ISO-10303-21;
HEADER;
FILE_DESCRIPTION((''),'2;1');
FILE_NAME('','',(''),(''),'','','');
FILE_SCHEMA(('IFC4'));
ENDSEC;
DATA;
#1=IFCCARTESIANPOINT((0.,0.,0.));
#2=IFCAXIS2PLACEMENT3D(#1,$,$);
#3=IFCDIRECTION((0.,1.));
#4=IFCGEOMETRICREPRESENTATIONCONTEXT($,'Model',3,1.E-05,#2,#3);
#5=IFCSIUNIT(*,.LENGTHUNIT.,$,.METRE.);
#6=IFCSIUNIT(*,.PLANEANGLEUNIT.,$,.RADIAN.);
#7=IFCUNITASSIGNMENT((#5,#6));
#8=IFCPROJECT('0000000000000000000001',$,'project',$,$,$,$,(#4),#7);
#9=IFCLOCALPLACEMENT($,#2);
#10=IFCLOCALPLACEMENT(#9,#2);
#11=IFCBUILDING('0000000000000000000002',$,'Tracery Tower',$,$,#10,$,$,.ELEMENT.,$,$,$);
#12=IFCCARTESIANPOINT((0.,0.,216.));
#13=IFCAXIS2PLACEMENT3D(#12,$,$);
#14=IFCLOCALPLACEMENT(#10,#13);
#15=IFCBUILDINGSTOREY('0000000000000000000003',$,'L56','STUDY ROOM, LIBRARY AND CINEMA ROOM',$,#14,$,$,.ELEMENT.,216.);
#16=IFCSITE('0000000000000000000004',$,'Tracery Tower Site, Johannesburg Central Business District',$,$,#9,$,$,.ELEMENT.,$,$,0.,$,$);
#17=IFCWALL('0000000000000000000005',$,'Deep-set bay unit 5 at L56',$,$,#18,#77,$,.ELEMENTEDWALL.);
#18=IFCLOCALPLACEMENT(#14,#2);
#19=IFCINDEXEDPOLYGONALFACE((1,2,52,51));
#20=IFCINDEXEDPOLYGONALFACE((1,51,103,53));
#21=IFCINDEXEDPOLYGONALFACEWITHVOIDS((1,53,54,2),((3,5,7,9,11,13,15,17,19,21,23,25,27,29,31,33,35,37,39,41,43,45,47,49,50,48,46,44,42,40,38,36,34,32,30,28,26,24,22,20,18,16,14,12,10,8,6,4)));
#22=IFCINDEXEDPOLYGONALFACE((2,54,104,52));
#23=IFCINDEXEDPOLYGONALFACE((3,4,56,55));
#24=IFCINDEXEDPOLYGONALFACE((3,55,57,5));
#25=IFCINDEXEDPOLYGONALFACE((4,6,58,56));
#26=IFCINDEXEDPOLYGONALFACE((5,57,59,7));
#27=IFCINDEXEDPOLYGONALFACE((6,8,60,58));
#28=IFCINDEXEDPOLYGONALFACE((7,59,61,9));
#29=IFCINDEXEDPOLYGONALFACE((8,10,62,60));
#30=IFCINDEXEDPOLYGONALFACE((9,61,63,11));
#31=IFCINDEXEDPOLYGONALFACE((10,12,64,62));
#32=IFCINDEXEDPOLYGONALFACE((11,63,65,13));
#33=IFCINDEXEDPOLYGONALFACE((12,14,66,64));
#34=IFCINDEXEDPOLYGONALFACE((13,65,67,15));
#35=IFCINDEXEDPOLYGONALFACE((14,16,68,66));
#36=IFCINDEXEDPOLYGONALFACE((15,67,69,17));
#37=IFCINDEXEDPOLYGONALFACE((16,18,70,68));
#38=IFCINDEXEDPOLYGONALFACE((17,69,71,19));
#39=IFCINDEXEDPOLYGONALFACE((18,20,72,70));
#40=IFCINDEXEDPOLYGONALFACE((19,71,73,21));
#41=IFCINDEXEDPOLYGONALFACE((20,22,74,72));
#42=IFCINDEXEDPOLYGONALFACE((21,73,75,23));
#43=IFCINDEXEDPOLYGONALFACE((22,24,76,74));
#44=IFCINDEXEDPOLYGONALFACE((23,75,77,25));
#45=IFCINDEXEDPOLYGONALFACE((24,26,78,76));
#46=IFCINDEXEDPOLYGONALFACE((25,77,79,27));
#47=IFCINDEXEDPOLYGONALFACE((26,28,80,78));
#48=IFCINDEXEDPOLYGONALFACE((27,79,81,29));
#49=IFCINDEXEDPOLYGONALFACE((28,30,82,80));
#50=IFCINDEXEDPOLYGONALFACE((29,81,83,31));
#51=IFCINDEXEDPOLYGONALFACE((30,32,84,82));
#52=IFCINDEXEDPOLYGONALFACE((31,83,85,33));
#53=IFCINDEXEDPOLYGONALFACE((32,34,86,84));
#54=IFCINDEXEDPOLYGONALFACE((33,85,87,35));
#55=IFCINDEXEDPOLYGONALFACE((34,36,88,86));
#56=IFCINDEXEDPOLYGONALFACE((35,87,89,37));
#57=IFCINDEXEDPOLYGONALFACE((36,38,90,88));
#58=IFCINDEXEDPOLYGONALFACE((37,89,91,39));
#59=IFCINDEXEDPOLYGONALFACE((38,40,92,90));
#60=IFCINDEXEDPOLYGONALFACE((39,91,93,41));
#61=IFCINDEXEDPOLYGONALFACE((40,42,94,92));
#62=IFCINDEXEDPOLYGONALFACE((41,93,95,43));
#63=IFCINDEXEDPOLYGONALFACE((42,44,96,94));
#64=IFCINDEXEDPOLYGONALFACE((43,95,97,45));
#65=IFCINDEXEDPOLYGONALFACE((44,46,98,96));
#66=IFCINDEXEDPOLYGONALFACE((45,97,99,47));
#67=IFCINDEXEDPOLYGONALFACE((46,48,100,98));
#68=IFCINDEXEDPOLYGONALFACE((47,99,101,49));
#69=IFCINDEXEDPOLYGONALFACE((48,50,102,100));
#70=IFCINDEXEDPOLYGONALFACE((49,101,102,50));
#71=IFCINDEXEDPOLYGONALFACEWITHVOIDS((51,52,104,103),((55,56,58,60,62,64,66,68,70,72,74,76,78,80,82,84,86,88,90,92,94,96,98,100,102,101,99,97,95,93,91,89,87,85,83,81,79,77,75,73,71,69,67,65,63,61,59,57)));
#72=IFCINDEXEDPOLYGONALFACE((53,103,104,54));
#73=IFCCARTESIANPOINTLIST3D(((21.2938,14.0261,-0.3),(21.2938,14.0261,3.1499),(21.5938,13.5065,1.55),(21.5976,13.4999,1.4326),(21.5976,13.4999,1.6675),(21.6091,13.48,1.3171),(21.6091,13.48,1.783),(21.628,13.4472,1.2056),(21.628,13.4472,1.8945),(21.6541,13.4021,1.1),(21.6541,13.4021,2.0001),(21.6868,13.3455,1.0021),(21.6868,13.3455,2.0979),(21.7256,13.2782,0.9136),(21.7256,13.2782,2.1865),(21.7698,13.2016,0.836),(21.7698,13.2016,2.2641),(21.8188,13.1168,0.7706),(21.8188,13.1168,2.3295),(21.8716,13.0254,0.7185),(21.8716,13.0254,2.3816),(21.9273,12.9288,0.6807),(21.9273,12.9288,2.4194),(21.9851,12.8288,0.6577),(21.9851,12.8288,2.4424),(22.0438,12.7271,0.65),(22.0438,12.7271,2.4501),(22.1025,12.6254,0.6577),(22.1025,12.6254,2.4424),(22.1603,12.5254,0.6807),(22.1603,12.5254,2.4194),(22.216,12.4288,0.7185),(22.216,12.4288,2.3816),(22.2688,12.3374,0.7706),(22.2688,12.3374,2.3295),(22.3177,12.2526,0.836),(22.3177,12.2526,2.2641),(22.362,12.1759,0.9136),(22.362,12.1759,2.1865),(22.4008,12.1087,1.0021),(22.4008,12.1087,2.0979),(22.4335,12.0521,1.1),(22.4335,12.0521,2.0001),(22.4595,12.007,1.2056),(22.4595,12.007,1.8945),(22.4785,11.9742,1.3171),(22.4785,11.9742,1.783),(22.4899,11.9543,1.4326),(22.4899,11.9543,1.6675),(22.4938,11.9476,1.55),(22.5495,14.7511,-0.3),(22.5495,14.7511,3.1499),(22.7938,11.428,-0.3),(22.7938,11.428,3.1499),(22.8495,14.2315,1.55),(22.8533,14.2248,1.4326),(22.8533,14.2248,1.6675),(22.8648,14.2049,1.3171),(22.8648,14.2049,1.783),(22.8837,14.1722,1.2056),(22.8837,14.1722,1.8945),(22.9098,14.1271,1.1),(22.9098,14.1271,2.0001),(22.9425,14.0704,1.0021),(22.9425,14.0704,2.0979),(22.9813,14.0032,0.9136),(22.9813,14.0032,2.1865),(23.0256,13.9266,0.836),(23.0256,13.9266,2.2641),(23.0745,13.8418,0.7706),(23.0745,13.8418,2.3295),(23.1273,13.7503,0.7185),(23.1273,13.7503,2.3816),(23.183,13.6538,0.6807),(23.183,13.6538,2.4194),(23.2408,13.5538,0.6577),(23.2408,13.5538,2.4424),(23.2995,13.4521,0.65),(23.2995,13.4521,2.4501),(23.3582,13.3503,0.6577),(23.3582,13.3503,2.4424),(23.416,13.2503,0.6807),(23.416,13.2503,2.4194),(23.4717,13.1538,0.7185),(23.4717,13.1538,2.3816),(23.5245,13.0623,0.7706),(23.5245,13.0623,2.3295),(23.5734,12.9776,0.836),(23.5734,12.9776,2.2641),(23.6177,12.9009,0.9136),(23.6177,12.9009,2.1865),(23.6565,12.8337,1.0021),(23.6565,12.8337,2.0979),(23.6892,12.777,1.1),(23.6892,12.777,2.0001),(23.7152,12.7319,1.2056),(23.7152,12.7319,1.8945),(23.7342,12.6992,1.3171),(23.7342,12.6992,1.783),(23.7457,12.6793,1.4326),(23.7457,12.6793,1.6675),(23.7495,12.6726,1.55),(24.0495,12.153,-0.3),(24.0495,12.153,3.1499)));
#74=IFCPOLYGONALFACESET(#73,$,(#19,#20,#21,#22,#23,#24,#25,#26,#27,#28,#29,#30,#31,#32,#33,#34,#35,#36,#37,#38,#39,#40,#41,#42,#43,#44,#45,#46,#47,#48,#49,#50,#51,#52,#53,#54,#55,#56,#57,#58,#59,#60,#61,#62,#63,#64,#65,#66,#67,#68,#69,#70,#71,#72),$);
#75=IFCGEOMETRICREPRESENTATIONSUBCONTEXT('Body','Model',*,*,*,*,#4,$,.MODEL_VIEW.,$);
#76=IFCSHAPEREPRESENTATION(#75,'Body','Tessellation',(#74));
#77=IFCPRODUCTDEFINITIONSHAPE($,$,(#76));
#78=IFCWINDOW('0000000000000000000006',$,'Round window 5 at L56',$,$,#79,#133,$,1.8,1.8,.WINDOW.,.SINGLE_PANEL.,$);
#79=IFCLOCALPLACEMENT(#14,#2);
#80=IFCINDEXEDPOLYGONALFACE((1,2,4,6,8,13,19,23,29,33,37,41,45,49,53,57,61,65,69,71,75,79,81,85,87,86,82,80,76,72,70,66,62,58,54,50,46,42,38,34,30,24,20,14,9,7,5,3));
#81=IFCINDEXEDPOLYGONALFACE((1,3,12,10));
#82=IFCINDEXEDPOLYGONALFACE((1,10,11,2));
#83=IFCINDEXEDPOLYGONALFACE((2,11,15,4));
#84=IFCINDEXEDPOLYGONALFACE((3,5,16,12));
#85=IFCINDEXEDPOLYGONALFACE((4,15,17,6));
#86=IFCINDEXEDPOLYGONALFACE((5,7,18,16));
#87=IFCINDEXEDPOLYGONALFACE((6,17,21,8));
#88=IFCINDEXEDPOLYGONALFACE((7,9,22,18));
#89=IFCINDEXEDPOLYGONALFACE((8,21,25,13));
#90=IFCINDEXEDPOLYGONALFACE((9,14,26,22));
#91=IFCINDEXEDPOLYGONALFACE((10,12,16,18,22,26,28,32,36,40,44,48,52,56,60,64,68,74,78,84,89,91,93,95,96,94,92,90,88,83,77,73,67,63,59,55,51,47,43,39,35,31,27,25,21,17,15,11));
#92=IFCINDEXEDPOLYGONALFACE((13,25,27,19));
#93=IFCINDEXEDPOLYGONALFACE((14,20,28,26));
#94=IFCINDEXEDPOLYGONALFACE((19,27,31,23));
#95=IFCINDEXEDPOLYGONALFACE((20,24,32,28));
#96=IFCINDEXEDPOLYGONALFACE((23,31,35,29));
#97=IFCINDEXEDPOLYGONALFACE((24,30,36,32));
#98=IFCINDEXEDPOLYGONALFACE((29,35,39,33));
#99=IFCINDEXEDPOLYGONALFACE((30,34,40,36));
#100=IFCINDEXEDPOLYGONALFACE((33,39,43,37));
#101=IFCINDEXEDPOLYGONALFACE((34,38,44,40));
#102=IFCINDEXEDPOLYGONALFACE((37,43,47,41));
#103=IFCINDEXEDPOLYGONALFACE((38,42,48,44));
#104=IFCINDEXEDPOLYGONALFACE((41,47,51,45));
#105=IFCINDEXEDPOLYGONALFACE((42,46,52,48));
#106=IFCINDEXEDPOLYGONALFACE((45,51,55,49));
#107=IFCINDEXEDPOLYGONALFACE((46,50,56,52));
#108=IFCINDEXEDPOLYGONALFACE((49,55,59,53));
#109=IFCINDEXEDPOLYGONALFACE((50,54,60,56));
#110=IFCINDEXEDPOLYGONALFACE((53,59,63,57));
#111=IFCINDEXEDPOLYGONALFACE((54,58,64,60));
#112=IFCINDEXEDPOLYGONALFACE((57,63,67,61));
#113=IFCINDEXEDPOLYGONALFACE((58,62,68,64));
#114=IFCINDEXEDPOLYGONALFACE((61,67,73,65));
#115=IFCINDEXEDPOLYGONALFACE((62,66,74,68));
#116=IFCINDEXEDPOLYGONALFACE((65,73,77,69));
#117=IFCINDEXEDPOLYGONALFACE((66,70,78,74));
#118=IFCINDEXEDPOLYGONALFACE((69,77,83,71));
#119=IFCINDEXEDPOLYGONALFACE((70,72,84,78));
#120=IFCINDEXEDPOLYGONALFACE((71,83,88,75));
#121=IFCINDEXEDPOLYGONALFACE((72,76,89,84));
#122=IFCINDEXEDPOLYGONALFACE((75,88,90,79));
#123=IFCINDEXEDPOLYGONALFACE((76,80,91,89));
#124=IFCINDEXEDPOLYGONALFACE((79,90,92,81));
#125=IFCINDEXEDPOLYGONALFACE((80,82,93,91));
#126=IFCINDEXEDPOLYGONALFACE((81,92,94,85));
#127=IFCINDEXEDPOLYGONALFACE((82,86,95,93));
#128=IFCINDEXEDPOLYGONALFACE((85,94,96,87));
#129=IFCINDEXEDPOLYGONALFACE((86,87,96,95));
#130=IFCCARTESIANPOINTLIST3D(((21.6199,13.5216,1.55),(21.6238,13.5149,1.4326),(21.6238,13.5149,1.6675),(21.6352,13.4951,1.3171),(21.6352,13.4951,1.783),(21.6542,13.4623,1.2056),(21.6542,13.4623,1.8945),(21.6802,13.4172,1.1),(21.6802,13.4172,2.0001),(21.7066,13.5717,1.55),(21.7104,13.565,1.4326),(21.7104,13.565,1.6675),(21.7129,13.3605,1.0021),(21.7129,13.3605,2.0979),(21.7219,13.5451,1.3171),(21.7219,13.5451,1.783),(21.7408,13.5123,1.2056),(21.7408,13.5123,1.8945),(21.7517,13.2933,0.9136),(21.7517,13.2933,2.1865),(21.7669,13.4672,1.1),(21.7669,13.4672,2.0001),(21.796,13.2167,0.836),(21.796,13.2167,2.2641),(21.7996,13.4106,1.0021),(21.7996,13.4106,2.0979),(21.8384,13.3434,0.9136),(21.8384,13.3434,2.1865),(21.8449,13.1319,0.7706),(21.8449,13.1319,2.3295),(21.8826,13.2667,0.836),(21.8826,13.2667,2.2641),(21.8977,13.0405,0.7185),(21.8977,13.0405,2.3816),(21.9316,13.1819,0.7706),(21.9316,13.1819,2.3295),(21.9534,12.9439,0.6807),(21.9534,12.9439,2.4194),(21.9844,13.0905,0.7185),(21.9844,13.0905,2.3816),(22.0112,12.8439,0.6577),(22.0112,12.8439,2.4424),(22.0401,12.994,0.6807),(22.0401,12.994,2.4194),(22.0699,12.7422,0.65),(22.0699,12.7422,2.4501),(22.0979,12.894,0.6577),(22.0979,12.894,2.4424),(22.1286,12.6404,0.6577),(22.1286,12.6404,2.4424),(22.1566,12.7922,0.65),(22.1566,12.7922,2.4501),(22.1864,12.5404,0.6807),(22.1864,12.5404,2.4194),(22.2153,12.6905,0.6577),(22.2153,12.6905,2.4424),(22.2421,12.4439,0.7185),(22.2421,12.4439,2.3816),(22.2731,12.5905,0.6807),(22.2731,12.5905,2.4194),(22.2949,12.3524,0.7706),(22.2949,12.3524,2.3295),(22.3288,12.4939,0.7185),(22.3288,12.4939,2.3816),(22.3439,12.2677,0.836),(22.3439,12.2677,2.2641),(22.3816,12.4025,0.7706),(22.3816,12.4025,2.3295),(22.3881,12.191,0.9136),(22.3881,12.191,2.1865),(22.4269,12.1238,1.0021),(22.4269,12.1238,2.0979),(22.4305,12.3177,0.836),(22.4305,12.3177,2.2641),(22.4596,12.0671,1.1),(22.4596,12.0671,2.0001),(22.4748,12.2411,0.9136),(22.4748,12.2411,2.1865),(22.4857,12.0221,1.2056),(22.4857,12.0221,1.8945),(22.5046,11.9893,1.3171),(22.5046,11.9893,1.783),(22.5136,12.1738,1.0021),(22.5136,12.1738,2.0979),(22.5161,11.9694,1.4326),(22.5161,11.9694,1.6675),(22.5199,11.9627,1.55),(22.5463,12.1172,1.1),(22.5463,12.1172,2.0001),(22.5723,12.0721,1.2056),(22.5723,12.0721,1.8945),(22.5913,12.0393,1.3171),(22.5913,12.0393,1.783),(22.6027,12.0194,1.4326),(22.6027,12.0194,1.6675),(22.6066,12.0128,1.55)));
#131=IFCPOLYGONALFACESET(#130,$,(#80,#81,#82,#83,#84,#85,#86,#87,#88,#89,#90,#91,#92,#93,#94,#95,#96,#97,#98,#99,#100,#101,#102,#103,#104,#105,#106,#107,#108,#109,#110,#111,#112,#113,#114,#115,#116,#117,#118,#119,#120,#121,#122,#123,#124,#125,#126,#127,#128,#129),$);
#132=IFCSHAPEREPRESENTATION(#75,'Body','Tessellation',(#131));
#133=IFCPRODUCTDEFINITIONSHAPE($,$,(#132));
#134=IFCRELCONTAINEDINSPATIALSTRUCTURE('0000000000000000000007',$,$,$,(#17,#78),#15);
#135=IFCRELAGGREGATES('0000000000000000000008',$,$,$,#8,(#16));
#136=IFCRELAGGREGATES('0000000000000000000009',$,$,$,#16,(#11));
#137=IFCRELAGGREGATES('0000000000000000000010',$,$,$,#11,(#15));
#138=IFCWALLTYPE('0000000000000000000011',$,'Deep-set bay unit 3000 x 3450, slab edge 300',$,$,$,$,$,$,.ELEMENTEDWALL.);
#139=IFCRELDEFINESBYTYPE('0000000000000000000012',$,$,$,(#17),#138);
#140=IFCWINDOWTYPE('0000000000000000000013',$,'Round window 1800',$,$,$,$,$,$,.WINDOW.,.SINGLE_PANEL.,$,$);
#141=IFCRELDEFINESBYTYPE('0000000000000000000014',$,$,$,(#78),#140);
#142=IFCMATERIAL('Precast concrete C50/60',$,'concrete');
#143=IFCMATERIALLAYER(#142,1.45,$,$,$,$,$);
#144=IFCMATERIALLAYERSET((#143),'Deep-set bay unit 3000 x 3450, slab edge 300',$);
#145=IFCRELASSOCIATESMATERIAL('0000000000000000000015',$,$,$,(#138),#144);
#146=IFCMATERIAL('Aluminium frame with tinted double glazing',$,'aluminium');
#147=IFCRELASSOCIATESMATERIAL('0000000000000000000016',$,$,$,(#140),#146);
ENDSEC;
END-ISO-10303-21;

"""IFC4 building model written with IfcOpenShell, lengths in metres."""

from ifc_helpers import new_model, si_unit, direction, frame, frame_2d, origin, origin_2d, place, context, subcontext, project, spatial, rectangle, circle, extrude, material, layer, layer_set, type_object, element, fill, save


model = new_model("IFC4")

# Units and contexts
model_context = context("Model", 3, precision=1e-05, world=origin(), true_north=direction((0.0, 1.0)))
body_context = subcontext(model_context, "Body", "Model", "MODEL_VIEW")
ifc_project = project(units=[si_unit("LENGTHUNIT", "METRE"), si_unit("PLANEANGLEUNIT", "RADIAN")], contexts=[model_context])

# Site, building, storey
site_placement = place(None, origin())
site = spatial("IfcSite", under=ifc_project, at=site_placement, Name="Tracery Tower Site, Johannesburg Central Business District", CompositionType="ELEMENT", RefElevation=0.0)
building_placement = place(site_placement, origin())
building = spatial("IfcBuilding", under=site, at=building_placement, Name="Tracery Tower", CompositionType="ELEMENT")
storey_placement = place(building_placement, frame((0.0, 0.0, 216.0)))
storey = spatial("IfcBuildingStorey", under=building, at=storey_placement, Name="L56", Description="STUDY ROOM, LIBRARY AND CINEMA ROOM", CompositionType="ELEMENT", Elevation=216.0)

# Wall, opening, window
ifc_material_1 = material(Name="Precast concrete C50/60", Category="concrete")
ifc_layer_1 = layer(ifc_material_1, 1.45)
ifc_layer_set_1 = layer_set([ifc_layer_1], Name="Deep-set bay unit 3000 x 3450, slab edge 300")
wall_type_1 = type_object("IfcWallType", Name="Deep-set bay unit 3000 x 3450, slab edge 300", PredefinedType="ELEMENTEDWALL", material=ifc_layer_set_1)
ifc_material_2 = material(Name="Aluminium frame with tinted double glazing", Category="aluminium")
window_type = type_object("IfcWindowType", Name="Round window 1800", PartitioningType="SINGLE_PANEL", PredefinedType="WINDOW", material=ifc_material_2)
wall_1_placement = place(storey_placement, frame((23.4216, 11.7905, -0.3), z_axis=(0.0, 0.0, 1.0), x_axis=(-0.49999, 0.866031, 0.0)))
wall_1 = element("IfcWall", 1, at=wall_1_placement, inside=storey, type_object=wall_type_1, Name="Deep-set bay unit 5 at L56", PredefinedType="ELEMENTEDWALL", context=body_context, shape_type="SweptSolid", body=[
    extrude(rectangle(XDim=3.0, YDim=1.45, at=frame_2d((1.5, 0.0))), origin(), (0.0, 0.0, 1.0), 3.45),
])
opening_1_placement = place(wall_1_placement, frame((1.5, 0.0, 1.8501)))
opening_1 = element("IfcOpeningElement", 2, at=opening_1_placement, cuts=wall_1, PredefinedType="OPENING", context=body_context, shape_type="SweptSolid", body=[
    extrude(circle(Radius=0.9, at=origin_2d()), frame((0.0, 0.7349, 0.0), z_axis=(0.0, -1.0, 0.0), x_axis=(1.0, 0.0, 0.0)), (0.0, 0.0, 1.0), 1.47),
])
window_1_placement = place(opening_1_placement, origin())
window_1 = element("IfcWindow", 3, at=window_1_placement, inside=storey, type_object=window_type, Name="Round window 5 at L56", OverallHeight=1.8, OverallWidth=1.8, PartitioningType="SINGLE_PANEL", PredefinedType="WINDOW", context=body_context, shape_type="SweptSolid", body=[
    extrude(circle(Radius=0.9, at=origin_2d()), frame((0.0, 0.6948, 0.0), z_axis=(0.0, -1.0, 0.0), x_axis=(1.0, 0.0, 0.0)), (0.0, 0.0, 1.0), 0.1001),
])
fill(opening_1, window_1)

save(model, "model.ifc")
